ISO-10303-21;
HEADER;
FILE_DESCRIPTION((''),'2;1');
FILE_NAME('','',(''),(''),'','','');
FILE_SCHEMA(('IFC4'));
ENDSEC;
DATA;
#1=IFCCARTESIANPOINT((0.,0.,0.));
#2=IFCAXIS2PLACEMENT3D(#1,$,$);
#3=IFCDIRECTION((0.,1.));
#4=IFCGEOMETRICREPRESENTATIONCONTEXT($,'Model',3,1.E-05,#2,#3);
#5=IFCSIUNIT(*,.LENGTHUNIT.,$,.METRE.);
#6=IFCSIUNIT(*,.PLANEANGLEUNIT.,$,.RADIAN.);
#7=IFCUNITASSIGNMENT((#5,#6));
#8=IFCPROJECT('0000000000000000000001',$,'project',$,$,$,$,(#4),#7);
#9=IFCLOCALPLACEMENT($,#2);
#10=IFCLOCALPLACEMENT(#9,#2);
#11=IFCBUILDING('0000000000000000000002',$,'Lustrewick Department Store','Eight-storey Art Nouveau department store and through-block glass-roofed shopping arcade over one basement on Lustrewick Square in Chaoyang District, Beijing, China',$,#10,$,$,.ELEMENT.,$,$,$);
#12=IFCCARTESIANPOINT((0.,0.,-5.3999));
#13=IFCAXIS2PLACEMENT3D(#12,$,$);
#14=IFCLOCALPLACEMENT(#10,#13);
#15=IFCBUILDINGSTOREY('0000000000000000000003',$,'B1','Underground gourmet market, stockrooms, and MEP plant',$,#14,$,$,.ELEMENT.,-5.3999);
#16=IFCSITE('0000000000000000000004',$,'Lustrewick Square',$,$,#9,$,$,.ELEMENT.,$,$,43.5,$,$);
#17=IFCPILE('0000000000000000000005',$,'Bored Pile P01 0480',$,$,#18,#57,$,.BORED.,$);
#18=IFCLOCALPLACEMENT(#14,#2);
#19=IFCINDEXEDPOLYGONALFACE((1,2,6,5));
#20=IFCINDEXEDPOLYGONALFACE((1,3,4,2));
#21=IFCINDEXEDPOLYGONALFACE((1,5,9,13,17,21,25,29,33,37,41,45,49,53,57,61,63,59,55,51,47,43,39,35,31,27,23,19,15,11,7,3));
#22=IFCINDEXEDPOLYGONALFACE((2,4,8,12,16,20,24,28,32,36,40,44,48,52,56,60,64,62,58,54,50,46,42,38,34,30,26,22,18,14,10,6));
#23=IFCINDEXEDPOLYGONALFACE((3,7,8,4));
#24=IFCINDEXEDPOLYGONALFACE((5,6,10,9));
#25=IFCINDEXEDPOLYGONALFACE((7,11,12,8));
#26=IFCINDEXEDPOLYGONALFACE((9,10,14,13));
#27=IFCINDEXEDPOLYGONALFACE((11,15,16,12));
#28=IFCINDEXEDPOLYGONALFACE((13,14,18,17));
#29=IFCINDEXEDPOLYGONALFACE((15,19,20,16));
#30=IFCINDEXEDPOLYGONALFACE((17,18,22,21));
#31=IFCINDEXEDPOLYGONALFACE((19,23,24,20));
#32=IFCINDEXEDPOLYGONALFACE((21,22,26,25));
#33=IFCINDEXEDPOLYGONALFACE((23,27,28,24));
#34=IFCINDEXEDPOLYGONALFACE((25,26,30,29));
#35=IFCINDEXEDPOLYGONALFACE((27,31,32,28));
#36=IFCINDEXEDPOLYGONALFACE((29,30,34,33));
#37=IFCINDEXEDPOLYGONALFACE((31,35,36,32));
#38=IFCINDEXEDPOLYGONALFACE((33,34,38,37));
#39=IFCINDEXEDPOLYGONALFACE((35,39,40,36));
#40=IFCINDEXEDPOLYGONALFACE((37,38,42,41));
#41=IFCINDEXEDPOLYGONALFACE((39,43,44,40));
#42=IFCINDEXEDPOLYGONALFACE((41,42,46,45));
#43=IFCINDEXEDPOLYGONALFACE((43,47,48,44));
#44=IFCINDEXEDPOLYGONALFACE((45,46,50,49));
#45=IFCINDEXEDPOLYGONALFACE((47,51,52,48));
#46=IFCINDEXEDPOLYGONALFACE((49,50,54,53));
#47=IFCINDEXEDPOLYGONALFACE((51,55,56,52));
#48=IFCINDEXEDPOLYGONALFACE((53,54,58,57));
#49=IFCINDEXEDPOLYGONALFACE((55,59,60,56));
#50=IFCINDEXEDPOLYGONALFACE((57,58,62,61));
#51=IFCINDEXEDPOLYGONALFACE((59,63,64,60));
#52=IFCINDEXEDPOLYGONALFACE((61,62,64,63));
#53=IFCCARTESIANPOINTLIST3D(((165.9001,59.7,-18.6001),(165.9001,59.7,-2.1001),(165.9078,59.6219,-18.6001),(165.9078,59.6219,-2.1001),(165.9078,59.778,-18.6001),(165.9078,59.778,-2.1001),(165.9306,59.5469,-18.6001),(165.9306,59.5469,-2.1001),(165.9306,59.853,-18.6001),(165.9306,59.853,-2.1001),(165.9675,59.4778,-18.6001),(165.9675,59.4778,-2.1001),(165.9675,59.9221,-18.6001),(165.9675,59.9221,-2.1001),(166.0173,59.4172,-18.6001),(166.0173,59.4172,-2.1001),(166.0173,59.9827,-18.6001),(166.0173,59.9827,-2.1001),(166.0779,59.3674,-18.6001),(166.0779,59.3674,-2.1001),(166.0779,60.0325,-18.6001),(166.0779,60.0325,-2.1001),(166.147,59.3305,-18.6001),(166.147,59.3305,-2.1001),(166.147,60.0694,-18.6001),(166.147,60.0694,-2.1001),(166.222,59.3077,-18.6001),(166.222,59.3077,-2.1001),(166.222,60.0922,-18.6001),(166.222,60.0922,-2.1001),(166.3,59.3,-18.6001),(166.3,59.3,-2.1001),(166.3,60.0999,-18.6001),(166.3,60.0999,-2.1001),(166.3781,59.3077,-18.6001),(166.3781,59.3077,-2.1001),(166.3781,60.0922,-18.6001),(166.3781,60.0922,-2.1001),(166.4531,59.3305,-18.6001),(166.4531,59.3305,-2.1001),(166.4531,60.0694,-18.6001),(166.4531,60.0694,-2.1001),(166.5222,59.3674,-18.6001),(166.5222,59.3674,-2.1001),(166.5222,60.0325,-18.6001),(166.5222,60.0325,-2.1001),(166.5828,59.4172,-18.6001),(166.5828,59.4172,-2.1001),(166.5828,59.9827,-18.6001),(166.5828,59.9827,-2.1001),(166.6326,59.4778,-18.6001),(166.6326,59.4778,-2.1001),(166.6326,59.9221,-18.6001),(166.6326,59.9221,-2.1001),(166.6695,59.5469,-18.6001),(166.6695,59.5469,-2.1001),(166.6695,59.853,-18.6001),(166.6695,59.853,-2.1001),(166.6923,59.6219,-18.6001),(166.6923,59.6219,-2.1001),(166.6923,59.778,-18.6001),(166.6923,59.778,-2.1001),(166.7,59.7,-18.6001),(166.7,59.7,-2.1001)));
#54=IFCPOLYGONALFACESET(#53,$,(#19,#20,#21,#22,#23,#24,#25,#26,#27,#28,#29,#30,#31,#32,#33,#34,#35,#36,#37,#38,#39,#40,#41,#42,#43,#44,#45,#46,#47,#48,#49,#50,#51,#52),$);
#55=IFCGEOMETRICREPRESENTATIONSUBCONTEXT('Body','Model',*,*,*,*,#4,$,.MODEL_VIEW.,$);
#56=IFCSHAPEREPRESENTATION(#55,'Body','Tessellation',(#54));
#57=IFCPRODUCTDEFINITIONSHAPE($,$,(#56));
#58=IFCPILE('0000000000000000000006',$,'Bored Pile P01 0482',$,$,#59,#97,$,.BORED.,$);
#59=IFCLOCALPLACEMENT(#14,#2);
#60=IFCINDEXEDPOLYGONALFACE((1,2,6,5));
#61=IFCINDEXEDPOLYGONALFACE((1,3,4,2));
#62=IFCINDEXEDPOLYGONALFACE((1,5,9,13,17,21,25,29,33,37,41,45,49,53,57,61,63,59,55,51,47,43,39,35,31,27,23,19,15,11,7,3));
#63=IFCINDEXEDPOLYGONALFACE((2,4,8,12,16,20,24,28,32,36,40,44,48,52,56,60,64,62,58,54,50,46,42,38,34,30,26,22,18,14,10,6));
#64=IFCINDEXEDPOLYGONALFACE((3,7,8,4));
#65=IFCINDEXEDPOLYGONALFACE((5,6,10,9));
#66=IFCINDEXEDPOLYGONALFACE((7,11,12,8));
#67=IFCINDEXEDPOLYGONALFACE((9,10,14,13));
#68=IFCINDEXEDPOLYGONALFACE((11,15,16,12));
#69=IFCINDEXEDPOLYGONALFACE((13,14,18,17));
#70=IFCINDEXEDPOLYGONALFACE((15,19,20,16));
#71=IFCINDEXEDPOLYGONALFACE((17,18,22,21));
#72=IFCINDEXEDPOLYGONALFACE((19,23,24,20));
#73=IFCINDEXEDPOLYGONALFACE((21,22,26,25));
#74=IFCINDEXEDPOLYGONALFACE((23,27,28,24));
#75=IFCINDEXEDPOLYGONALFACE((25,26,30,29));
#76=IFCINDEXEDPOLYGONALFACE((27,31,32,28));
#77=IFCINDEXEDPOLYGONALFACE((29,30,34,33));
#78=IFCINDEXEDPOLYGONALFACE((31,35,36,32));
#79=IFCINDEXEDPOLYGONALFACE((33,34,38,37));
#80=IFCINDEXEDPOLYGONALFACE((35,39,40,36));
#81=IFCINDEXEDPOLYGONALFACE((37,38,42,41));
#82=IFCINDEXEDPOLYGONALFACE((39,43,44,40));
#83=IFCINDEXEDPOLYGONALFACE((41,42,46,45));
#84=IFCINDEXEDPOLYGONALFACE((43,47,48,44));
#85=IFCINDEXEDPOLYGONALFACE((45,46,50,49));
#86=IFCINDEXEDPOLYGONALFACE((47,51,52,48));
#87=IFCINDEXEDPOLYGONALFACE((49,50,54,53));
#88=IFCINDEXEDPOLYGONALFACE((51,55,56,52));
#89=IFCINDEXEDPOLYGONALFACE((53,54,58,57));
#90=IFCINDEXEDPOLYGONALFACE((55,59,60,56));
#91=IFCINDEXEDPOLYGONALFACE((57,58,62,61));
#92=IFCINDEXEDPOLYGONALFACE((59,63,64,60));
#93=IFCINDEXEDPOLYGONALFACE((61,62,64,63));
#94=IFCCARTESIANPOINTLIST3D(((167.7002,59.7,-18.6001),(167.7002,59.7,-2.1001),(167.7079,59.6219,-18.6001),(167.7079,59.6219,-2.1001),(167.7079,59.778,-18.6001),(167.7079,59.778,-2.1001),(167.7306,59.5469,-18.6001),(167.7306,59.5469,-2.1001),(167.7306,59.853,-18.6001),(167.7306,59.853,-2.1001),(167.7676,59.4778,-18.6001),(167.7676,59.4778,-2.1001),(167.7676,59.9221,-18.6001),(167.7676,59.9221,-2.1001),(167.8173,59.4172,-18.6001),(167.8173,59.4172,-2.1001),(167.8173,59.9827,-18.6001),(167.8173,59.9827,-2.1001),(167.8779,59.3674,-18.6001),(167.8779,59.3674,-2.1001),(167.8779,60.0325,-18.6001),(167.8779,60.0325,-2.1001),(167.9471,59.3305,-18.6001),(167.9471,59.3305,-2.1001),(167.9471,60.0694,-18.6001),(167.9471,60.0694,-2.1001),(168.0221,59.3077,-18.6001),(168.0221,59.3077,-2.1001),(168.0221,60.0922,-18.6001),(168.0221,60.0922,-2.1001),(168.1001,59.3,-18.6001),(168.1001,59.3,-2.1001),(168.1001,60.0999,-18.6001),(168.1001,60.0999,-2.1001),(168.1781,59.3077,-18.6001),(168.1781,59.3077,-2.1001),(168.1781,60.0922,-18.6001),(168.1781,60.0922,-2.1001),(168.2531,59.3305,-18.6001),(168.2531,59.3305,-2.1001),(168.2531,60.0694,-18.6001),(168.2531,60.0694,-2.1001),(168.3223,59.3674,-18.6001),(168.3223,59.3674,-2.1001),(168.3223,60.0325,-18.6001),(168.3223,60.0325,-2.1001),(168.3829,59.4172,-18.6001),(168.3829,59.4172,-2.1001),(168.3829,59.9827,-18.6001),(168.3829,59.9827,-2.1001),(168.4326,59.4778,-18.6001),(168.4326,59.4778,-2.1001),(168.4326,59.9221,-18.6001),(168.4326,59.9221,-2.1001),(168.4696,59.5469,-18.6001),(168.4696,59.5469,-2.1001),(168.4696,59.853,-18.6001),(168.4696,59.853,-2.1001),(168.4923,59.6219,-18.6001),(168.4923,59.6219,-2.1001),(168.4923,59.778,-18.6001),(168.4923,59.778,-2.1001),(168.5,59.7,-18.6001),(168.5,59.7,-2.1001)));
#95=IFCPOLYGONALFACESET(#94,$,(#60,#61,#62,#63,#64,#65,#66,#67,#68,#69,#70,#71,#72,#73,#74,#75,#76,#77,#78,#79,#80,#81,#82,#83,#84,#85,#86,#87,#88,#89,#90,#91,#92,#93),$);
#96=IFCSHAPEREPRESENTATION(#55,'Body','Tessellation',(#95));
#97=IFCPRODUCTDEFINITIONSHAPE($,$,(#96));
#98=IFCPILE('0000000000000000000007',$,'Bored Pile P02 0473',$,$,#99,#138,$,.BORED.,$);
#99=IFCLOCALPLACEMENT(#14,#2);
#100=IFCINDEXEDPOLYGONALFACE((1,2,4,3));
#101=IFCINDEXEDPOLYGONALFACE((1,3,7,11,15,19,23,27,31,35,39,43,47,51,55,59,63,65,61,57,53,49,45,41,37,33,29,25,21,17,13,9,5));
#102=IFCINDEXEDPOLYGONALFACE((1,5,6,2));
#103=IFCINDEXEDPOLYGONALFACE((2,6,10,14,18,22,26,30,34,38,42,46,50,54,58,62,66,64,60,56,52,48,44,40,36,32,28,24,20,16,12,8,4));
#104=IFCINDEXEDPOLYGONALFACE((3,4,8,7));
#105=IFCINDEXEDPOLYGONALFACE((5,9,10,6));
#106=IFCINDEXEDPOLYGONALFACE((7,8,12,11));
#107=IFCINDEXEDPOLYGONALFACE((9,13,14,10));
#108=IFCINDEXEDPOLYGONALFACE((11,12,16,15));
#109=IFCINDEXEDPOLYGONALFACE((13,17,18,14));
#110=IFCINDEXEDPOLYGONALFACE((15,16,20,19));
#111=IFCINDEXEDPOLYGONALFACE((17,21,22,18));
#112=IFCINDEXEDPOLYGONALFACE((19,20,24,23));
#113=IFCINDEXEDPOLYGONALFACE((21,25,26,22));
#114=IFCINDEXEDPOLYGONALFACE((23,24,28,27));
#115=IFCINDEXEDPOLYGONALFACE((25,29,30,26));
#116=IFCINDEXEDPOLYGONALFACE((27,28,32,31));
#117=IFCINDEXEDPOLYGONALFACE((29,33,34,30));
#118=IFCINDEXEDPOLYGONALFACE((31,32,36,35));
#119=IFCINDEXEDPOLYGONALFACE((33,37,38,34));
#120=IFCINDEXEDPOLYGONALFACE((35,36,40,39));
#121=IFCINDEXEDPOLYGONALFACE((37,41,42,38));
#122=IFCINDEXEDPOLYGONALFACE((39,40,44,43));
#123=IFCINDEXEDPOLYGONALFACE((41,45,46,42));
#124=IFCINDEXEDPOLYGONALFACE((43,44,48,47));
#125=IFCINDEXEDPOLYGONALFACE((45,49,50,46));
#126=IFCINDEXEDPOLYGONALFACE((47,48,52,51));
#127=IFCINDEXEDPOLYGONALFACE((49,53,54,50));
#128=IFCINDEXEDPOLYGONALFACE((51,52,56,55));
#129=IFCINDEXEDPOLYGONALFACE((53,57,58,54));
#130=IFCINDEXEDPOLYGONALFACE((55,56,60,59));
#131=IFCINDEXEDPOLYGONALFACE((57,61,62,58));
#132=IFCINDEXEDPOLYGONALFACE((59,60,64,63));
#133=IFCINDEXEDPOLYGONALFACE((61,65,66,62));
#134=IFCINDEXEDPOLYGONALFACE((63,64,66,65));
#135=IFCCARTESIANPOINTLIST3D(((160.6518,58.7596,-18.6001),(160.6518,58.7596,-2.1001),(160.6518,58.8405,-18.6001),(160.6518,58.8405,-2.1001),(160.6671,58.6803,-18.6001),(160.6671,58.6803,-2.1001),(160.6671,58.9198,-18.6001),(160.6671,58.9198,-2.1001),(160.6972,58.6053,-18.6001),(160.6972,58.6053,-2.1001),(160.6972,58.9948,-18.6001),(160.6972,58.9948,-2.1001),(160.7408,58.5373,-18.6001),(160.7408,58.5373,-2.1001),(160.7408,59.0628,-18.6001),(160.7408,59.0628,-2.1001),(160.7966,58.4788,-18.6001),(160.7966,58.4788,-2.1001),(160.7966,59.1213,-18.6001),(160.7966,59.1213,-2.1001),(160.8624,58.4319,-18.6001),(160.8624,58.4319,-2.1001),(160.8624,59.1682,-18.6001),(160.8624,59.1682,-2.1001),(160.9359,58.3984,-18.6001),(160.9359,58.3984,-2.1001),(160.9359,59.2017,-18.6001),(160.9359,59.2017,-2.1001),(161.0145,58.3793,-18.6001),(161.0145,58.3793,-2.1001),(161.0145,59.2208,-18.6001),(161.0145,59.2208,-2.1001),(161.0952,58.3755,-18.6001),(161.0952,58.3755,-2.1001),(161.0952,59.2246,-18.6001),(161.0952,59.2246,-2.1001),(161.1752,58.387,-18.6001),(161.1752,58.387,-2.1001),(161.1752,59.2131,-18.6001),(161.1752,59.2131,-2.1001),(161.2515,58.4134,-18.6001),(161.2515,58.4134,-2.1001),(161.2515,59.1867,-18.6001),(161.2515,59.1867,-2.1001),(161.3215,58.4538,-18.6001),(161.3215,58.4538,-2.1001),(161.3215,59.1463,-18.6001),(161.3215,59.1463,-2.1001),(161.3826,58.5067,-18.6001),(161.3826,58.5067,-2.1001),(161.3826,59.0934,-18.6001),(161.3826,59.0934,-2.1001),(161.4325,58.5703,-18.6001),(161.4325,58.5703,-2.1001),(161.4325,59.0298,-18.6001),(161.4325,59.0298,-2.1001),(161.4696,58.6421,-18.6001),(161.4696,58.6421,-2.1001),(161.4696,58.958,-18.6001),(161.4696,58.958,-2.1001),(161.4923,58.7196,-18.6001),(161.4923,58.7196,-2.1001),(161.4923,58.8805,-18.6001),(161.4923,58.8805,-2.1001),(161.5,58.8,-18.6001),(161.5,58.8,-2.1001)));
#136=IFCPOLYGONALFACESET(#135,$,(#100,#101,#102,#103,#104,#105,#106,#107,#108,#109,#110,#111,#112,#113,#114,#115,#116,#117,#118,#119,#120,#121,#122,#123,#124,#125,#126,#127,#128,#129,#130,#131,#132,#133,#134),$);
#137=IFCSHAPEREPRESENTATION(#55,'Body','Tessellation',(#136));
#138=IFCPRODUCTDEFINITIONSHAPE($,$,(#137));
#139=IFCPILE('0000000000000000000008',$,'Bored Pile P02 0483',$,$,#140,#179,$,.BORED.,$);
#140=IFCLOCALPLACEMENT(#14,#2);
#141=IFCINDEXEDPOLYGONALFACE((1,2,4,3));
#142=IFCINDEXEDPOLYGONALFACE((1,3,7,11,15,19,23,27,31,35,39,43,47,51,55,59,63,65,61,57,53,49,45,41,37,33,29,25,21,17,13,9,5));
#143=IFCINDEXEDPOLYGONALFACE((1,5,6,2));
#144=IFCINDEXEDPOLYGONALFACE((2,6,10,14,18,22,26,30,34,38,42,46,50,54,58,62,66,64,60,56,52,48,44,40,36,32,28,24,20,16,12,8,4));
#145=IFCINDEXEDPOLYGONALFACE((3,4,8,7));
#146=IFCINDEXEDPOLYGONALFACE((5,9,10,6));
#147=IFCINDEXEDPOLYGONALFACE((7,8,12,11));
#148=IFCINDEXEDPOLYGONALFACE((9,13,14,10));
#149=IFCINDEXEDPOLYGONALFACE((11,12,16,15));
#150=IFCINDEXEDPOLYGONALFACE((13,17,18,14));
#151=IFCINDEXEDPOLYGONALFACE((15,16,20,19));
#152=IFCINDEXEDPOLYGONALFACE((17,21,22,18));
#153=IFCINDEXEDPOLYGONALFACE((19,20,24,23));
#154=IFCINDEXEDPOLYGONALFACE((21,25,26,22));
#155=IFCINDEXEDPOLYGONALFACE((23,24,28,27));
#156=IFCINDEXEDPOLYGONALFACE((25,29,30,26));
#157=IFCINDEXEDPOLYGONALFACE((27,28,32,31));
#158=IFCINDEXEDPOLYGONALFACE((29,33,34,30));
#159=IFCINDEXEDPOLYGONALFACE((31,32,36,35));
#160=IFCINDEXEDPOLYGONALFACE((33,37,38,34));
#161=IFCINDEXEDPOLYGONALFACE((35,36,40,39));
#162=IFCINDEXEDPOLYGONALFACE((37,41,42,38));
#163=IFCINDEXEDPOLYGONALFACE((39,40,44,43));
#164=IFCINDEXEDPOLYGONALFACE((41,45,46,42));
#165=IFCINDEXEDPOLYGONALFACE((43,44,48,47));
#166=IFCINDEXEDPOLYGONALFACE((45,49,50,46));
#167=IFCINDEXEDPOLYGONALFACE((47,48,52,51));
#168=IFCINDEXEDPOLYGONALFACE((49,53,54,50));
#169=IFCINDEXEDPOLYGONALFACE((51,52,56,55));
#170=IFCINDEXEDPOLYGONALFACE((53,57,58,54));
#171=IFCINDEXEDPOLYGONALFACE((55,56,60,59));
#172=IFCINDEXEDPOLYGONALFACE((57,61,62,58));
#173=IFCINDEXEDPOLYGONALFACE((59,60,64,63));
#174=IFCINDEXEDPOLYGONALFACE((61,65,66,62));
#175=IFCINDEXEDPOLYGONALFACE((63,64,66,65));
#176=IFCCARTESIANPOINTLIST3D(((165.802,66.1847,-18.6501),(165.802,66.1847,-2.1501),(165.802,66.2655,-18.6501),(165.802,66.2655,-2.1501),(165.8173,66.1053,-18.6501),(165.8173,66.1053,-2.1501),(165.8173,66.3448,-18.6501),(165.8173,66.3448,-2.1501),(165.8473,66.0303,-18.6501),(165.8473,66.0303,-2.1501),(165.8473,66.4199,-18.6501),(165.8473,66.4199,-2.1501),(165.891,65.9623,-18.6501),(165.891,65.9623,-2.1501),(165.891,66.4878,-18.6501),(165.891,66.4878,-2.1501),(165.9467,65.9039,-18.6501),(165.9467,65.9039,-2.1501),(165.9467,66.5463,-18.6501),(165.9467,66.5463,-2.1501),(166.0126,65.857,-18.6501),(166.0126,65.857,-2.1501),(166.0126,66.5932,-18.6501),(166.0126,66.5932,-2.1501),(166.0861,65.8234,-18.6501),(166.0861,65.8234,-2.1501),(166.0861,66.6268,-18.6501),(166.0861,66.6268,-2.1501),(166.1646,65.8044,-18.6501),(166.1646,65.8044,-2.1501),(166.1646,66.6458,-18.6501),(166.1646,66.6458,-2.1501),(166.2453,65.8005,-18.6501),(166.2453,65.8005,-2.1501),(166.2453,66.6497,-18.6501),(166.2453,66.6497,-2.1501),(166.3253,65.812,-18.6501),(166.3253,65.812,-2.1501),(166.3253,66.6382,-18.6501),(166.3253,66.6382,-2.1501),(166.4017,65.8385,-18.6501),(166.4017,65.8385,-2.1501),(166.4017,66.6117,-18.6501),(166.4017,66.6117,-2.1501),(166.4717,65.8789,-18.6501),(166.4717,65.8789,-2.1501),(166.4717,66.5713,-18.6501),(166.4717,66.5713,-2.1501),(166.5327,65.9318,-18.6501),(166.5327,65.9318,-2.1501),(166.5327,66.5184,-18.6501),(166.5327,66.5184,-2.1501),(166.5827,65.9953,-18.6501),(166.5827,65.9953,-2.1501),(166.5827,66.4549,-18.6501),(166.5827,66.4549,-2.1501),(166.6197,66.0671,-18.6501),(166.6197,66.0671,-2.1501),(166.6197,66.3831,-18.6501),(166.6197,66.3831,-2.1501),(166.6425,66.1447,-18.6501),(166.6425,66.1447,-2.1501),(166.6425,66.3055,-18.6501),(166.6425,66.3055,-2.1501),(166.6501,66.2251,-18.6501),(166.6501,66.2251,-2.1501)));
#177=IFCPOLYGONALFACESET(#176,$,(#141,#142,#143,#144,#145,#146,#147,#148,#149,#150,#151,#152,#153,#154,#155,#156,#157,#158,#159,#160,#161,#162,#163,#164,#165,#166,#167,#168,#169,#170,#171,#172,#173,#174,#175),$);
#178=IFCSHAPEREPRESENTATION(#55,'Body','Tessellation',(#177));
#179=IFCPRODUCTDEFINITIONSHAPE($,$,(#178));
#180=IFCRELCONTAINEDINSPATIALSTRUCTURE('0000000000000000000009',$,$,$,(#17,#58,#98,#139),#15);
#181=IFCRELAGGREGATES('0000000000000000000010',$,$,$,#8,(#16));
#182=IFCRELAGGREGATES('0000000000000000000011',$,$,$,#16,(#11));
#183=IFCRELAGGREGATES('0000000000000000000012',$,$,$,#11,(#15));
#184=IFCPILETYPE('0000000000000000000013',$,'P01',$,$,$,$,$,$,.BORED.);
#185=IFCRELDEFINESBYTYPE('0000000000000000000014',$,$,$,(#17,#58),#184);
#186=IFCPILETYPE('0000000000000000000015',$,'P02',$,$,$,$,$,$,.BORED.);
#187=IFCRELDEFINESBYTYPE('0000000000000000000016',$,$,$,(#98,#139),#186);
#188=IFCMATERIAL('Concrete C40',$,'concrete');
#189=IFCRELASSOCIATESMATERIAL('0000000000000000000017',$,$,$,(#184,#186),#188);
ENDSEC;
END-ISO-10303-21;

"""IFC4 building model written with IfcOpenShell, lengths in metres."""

from ifc_helpers import new_model, si_unit, direction, frame, origin, origin_2d, place, context, subcontext, project, spatial, circle, extrude, material, material_profile, profile_set, type_object, element, save


model = new_model("IFC4")

# Units and contexts
model_context = context("Model", 3, precision=1e-05, world=origin(), true_north=direction((0.0, 1.0)))
body_context = subcontext(model_context, "Body", "Model", "MODEL_VIEW")
ifc_project = project(units=[si_unit("LENGTHUNIT", "METRE"), si_unit("PLANEANGLEUNIT", "RADIAN")], contexts=[model_context])

# Site, building, storey
site_placement = place(None, origin())
site = spatial("IfcSite", under=ifc_project, at=site_placement, Name="Lustrewick Square", CompositionType="ELEMENT", RefElevation=43.5)
building_placement = place(site_placement, origin())
building = spatial("IfcBuilding", under=site, at=building_placement, Name="Lustrewick Department Store", Description="Eight-storey Art Nouveau department store and through-block glass-roofed shopping arcade over one basement on Lustrewick Square in Chaoyang District, Beijing, China", CompositionType="ELEMENT")
storey_placement = place(building_placement, frame((0.0, 0.0, -5.3999)))
storey = spatial("IfcBuildingStorey", under=building, at=storey_placement, Name="B1", Description="Underground gourmet market, stockrooms, and MEP plant", CompositionType="ELEMENT", Elevation=-5.3999)

# Piles
ifc_material_1 = material(Name="Concrete C40", Category="concrete")
ifc_material_profile_1 = material_profile(ifc_material_1, circle(Radius=0.3999, at=origin_2d()), Name="PILE D800")
ifc_profile_set_1 = profile_set([ifc_material_profile_1], Name="Concrete C40")
pile_type_1 = type_object("IfcPileType", Name="P01", PredefinedType="BORED", material=ifc_profile_set_1)
for number, where, z_axis, x_axis, name in (
    (1, (166.3, 59.7, -2.1001), (0.0, 0.0, -1.0), (1.0, 0.0, 0.0), "Bored Pile P01 0480"),
    (2, (168.1001, 59.7, -2.1001), (0.0, 0.0, -1.0), (1.0, 0.0, 0.0), "Bored Pile P01 0482"),
):
    element("IfcPile", number, at=place(storey_placement, frame(where, z_axis=z_axis, x_axis=x_axis)), inside=storey, type_object=pile_type_1, Name=name, PredefinedType="BORED", context=body_context, shape_type="SweptSolid", body=[
        extrude(circle(Radius=0.3999, at=origin_2d()), origin(), (0.0, 0.0, 1.0), 16.5),
    ])
ifc_material_profile_2 = material_profile(ifc_material_1, circle(Radius=0.425, at=origin_2d()), Name="PILE D850")
ifc_profile_set_2 = profile_set([ifc_material_profile_2], Name="Concrete C40")
pile_type_2 = type_object("IfcPileType", Name="P02", PredefinedType="BORED", material=ifc_profile_set_2)
for number, where, z_axis, x_axis, name in (
    (3, (161.075, 58.8, -2.1001), (0.0, 0.0, -1.0), (1.0, 0.0, 0.0), "Bored Pile P02 0473"),
    (4, (166.2251, 66.2251, -2.1501), (0.0, 0.0, -1.0), (1.0, 0.0, 0.0), "Bored Pile P02 0483"),
):
    element("IfcPile", number, at=place(storey_placement, frame(where, z_axis=z_axis, x_axis=x_axis)), inside=storey, type_object=pile_type_2, Name=name, PredefinedType="BORED", context=body_context, shape_type="SweptSolid", body=[
        extrude(circle(Radius=0.425, at=origin_2d()), origin(), (0.0, 0.0, 1.0), 16.5),
    ])

save(model, "model.ifc")
